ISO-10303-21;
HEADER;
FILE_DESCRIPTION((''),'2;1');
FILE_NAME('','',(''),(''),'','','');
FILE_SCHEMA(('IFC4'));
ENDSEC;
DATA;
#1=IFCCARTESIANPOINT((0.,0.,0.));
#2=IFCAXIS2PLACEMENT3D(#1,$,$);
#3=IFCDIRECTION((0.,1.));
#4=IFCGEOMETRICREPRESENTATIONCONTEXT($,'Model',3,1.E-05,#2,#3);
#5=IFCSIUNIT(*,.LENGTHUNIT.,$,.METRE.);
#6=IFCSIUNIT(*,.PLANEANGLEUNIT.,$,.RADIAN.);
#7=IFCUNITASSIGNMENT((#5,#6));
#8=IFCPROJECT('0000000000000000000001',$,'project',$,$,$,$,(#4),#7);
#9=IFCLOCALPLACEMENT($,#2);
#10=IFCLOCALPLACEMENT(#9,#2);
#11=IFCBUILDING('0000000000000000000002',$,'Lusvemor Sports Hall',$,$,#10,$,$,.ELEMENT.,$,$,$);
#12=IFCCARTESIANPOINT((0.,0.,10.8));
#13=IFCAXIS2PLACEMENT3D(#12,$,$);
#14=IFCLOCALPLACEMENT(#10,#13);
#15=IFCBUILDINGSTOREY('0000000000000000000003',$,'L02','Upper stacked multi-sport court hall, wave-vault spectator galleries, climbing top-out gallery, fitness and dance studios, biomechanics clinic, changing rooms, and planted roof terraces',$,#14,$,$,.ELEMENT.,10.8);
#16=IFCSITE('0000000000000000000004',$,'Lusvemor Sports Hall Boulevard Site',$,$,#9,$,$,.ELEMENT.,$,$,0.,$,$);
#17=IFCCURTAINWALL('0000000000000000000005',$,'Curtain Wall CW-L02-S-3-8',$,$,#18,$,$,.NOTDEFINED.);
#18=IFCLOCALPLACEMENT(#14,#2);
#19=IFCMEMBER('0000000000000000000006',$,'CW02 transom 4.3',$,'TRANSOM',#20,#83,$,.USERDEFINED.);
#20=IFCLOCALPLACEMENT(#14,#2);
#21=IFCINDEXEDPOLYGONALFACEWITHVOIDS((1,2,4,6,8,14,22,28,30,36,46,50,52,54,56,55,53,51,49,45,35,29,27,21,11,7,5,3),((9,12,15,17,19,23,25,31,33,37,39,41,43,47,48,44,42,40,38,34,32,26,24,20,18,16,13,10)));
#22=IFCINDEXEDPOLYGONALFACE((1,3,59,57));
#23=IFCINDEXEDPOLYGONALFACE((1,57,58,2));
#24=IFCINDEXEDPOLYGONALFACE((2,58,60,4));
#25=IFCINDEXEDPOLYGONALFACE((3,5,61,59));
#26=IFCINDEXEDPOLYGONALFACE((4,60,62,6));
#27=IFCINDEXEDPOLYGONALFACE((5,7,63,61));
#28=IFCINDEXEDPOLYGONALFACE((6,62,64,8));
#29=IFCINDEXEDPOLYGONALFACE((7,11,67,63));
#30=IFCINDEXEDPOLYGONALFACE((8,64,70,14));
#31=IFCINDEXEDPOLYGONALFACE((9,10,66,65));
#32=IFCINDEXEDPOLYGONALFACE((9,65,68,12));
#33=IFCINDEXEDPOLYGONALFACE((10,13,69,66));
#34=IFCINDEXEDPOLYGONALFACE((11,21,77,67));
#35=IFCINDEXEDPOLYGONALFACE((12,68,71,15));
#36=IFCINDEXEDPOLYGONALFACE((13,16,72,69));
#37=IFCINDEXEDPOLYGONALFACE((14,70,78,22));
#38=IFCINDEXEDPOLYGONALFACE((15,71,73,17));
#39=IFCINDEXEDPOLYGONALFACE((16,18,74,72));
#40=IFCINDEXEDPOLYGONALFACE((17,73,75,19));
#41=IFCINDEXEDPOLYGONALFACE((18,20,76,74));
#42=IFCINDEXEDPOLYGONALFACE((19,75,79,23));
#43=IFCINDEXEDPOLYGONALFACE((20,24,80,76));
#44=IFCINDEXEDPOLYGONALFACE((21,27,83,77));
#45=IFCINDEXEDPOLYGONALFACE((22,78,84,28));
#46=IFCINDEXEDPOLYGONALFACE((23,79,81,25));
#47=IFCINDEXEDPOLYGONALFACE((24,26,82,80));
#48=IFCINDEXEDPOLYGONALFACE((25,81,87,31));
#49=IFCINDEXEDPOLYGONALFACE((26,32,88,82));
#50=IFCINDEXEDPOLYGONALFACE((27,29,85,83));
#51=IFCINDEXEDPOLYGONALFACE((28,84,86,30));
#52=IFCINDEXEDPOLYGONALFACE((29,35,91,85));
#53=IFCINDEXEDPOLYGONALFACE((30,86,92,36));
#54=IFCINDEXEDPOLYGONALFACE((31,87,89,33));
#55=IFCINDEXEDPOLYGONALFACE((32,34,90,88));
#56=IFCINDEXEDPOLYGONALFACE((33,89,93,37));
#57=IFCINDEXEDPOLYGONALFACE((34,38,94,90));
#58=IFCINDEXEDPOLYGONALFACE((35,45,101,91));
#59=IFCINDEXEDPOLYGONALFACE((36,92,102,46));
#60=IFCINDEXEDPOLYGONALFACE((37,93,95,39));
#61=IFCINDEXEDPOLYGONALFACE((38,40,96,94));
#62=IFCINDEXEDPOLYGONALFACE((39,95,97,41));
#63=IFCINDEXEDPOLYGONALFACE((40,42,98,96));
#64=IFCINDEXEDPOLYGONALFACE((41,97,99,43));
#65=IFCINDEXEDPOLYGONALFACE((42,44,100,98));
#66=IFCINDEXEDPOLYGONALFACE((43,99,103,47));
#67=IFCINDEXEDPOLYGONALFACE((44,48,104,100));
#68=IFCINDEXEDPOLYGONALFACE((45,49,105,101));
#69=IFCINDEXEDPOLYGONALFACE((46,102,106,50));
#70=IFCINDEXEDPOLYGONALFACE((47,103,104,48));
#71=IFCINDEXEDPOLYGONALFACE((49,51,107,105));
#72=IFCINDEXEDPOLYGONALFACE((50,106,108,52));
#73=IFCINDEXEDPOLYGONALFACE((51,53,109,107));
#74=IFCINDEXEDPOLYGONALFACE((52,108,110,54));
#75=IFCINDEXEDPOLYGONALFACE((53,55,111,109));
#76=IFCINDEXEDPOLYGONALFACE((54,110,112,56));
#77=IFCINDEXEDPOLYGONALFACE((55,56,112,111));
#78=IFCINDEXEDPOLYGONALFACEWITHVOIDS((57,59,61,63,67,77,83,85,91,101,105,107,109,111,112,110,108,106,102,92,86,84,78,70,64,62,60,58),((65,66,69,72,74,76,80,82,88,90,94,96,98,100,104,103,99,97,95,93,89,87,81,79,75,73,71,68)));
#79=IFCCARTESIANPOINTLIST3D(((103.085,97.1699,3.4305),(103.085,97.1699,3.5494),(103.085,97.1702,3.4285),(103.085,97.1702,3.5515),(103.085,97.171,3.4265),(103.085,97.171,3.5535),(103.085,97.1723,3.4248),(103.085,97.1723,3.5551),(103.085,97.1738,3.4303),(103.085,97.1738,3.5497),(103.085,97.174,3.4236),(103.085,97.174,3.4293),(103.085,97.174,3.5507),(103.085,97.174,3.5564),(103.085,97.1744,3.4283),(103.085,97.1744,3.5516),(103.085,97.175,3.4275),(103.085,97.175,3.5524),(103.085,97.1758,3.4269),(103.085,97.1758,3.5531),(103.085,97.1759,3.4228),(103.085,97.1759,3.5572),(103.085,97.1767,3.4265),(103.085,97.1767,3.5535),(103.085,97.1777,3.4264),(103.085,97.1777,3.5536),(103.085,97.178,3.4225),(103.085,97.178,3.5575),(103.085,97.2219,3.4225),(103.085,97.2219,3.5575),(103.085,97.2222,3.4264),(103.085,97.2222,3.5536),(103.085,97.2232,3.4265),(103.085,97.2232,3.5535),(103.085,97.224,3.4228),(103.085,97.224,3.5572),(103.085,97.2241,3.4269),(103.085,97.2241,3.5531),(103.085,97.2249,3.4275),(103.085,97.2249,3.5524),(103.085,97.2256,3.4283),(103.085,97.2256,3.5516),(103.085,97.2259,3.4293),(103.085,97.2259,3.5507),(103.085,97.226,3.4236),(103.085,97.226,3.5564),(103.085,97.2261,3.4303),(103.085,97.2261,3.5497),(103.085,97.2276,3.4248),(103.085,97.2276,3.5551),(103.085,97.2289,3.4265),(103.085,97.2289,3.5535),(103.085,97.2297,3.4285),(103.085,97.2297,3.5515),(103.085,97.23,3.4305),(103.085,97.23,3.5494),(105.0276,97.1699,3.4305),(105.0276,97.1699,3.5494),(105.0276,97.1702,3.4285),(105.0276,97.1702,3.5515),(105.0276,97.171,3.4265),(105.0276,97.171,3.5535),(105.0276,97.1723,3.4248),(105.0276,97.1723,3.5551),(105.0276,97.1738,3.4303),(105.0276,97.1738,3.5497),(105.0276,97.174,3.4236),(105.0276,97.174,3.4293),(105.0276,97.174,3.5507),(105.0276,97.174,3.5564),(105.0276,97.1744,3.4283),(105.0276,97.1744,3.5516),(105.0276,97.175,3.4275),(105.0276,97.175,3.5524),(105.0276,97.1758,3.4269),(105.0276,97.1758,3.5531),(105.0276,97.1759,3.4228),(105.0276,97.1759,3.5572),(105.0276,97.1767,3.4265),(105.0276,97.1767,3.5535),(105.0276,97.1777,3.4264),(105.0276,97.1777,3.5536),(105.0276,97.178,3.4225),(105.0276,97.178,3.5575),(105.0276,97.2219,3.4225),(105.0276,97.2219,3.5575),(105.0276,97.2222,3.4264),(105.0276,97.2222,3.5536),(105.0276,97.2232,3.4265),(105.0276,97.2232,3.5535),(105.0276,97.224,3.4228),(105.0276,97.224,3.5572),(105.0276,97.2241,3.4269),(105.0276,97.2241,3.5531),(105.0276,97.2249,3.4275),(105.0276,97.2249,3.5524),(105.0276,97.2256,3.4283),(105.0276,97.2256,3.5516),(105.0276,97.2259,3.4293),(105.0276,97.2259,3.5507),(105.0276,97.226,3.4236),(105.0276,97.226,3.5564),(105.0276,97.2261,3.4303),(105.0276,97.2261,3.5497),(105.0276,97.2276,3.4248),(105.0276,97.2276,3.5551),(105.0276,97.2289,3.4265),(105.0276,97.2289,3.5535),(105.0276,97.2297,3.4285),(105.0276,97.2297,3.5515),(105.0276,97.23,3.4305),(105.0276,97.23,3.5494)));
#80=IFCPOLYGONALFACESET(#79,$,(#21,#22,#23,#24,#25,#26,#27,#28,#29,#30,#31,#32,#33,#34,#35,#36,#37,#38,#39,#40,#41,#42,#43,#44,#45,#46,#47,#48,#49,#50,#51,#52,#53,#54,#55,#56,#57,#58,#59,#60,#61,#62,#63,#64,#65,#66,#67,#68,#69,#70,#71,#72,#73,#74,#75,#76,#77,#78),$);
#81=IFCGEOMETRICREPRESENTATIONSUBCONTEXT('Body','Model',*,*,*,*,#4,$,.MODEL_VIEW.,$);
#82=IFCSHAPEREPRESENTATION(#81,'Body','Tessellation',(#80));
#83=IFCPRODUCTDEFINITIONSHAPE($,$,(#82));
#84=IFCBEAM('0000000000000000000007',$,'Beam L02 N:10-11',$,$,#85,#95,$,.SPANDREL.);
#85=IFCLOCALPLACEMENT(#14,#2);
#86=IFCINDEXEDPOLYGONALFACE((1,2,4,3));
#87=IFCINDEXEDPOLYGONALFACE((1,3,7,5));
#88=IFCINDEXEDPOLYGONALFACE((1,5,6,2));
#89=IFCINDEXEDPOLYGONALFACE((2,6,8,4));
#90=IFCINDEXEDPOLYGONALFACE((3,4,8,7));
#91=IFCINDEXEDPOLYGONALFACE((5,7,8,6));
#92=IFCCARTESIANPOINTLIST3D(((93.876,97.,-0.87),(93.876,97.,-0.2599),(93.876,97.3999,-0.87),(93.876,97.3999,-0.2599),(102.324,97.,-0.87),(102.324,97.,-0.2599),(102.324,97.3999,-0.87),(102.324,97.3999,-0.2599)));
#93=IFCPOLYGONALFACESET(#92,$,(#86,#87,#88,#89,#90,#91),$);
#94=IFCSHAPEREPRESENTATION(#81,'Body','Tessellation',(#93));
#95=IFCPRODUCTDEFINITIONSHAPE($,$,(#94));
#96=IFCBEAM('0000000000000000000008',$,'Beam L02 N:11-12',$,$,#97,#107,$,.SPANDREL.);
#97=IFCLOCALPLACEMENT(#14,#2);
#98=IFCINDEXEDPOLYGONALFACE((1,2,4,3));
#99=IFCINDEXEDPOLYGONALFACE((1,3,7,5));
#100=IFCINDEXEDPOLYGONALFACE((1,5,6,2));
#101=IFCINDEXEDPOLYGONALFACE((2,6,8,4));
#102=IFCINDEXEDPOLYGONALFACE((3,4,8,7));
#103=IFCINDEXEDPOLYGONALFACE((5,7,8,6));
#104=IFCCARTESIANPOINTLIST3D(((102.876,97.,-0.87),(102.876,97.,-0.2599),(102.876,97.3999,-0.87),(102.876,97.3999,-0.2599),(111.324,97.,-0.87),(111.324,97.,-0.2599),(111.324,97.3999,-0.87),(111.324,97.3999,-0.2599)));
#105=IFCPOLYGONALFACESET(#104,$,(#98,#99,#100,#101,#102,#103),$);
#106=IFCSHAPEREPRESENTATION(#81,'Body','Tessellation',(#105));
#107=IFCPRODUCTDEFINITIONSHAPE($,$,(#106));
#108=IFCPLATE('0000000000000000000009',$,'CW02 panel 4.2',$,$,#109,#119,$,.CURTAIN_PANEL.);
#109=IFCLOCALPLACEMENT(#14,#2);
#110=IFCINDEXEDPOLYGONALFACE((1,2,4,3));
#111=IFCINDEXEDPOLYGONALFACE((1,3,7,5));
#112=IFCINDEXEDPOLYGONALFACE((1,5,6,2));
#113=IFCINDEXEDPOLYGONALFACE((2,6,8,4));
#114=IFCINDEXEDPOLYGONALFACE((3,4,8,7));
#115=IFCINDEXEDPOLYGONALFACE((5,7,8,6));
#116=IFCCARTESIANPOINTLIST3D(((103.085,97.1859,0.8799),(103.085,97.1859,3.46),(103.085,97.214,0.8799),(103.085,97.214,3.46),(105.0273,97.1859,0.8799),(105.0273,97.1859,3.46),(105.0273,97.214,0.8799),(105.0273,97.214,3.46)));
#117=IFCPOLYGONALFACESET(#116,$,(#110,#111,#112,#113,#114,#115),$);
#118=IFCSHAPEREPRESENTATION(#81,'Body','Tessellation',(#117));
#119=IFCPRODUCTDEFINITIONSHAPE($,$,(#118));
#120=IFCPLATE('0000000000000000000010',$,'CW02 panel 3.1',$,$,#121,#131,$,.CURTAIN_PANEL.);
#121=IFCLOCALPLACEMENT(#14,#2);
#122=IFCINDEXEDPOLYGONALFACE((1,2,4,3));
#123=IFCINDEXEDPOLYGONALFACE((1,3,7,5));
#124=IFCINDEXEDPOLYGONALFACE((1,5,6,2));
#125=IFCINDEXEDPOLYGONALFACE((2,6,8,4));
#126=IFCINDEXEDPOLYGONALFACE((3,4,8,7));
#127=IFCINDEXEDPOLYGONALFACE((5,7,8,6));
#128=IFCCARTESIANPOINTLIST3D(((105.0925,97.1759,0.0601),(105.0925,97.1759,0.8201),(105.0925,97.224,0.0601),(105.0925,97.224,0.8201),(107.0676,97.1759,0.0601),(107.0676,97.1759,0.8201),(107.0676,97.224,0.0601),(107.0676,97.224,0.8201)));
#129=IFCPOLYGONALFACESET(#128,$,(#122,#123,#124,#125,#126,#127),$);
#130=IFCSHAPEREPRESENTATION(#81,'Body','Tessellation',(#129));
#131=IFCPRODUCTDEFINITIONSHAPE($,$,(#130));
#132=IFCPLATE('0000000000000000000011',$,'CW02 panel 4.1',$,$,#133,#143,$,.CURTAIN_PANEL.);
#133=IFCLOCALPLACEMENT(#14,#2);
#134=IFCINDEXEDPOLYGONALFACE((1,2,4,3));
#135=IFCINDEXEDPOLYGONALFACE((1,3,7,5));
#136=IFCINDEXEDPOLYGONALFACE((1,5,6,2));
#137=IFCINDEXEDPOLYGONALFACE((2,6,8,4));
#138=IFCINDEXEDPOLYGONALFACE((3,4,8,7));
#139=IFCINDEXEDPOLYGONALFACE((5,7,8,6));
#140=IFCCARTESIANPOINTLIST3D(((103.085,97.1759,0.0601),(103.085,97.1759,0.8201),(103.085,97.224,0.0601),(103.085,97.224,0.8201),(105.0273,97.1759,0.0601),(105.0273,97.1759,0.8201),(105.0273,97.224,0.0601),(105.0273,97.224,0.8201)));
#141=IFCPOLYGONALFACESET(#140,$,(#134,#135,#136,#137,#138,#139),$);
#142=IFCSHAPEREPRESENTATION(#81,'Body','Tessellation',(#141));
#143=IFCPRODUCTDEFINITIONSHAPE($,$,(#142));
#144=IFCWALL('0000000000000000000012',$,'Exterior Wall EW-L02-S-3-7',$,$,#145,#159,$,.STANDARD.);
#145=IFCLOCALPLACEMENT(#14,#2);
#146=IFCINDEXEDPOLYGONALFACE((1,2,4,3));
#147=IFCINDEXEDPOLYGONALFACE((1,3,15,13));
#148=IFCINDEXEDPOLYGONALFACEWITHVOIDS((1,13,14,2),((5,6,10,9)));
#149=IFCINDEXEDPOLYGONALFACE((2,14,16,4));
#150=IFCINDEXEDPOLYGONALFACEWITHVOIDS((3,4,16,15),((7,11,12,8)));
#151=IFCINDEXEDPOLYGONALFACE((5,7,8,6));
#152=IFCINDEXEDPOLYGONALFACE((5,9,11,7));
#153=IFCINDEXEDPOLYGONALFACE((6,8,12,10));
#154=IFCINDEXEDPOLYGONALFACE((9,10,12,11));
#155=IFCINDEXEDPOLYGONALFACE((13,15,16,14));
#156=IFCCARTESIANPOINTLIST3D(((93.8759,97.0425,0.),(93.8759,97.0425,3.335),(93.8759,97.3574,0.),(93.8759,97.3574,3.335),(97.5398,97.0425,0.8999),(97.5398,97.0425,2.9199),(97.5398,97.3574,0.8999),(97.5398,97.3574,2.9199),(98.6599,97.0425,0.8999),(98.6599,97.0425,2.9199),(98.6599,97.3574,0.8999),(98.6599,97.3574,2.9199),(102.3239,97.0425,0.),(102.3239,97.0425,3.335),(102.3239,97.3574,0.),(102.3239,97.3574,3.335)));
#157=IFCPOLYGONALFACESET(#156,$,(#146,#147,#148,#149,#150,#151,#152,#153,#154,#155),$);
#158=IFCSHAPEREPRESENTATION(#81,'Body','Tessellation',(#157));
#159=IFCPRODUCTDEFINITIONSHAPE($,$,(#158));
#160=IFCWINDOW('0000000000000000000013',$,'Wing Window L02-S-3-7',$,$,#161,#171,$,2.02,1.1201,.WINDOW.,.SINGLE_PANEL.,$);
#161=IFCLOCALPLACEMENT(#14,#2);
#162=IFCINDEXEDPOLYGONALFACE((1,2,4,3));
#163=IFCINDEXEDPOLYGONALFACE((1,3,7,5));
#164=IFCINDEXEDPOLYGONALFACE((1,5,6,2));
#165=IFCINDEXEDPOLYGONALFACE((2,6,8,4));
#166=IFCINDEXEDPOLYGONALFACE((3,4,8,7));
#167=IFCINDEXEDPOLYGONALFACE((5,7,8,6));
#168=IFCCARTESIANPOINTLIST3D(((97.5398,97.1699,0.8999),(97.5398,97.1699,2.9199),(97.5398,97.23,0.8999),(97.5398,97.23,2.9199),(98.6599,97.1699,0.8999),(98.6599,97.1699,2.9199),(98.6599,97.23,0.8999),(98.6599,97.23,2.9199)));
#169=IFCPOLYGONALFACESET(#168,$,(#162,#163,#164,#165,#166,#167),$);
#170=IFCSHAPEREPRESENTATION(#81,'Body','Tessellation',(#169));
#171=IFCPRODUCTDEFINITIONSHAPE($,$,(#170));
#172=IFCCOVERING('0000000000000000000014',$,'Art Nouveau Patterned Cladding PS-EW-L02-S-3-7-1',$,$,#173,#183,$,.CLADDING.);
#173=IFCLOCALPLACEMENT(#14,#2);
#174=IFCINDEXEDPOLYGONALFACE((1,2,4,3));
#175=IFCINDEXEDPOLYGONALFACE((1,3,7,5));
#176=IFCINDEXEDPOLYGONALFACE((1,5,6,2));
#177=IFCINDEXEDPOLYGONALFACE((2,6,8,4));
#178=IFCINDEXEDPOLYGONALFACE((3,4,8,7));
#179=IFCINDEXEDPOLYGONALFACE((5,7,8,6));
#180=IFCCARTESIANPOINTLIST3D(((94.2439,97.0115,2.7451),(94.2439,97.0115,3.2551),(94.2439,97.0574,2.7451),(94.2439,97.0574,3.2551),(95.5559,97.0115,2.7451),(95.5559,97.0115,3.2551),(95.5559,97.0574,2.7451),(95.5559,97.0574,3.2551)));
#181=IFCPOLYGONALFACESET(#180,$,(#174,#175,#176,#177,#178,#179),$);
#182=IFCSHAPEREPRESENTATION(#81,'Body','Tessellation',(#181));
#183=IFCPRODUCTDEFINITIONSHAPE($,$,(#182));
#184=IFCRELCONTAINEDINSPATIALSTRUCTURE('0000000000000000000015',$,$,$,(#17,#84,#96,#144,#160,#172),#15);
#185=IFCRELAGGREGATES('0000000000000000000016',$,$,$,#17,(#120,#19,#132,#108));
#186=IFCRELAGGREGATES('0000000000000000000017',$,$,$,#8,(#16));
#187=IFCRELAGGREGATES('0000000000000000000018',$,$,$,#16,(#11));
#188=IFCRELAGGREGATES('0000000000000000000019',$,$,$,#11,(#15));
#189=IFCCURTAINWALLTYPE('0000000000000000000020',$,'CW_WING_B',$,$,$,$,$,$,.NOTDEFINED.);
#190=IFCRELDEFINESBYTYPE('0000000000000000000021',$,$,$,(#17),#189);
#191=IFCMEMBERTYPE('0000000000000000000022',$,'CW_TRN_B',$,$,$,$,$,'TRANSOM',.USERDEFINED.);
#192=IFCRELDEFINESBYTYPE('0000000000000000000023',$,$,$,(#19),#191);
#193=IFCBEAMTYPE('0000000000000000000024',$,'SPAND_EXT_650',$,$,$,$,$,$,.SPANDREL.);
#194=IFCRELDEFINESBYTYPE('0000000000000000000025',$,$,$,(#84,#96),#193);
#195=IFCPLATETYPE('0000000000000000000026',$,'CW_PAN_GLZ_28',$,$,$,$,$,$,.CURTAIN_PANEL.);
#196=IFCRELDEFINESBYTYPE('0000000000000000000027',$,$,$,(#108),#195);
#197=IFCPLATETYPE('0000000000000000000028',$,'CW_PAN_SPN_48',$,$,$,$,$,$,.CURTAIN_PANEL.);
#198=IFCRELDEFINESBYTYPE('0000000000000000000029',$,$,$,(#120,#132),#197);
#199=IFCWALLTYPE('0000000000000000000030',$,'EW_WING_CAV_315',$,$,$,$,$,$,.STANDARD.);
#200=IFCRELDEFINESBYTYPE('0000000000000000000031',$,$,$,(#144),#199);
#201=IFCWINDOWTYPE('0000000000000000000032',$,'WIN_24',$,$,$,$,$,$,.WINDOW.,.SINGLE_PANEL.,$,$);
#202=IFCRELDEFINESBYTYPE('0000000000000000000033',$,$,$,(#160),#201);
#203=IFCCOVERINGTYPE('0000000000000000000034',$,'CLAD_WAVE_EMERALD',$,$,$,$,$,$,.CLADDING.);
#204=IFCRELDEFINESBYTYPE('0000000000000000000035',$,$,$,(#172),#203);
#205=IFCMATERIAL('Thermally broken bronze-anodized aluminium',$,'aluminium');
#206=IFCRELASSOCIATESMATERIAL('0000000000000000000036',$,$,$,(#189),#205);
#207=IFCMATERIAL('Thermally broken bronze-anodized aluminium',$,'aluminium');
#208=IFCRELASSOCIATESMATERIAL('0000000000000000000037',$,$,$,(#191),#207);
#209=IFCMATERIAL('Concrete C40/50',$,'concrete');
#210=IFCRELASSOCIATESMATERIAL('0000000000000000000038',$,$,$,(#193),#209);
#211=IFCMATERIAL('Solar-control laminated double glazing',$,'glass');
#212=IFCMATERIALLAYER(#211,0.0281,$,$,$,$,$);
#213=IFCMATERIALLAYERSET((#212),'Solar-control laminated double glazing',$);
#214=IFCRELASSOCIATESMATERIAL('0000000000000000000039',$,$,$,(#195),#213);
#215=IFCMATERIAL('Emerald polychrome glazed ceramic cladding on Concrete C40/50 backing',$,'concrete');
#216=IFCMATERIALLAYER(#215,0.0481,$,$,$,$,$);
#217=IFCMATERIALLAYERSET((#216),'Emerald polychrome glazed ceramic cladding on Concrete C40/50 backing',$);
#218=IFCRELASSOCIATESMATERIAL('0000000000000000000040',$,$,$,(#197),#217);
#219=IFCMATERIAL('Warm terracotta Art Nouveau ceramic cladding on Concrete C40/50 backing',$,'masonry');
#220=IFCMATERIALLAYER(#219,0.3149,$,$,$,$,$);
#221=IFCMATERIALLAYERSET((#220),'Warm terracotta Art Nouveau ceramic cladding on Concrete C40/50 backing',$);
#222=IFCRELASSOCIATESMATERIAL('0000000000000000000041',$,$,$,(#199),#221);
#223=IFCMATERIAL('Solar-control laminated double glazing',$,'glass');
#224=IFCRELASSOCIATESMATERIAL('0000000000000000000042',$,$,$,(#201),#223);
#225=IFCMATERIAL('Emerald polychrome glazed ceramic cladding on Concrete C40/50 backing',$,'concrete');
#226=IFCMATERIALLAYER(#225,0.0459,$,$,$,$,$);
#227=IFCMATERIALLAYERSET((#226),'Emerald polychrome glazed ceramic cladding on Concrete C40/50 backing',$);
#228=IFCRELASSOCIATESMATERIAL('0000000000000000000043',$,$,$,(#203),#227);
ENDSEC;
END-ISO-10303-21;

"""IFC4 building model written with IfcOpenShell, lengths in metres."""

from ifc_helpers import new_model, si_unit, direction, frame, frame_2d, origin, origin_2d, place, context, subcontext, project, spatial, rectangle, hollow_rectangle, extrude, material, layer, layer_set, material_profile, profile_set, type_object, element, fill, aggregate, save


model = new_model("IFC4")

# Units and contexts
model_context = context("Model", 3, precision=1e-05, world=origin(), true_north=direction((0.0, 1.0)))
body_context = subcontext(model_context, "Body", "Model", "MODEL_VIEW")
ifc_project = project(units=[si_unit("LENGTHUNIT", "METRE"), si_unit("PLANEANGLEUNIT", "RADIAN")], contexts=[model_context])

# Site, building, storey
site_placement = place(None, origin())
site = spatial("IfcSite", under=ifc_project, at=site_placement, Name="Lusvemor Sports Hall Boulevard Site", CompositionType="ELEMENT", RefElevation=0.0)
building_placement = place(site_placement, origin())
building = spatial("IfcBuilding", under=site, at=building_placement, Name="Lusvemor Sports Hall", CompositionType="ELEMENT")
storey_placement = place(building_placement, frame((0.0, 0.0, 10.8)))
storey = spatial("IfcBuildingStorey", under=building, at=storey_placement, Name="L02", Description="Upper stacked multi-sport court hall, wave-vault spectator galleries, climbing top-out gallery, fitness and dance studios, biomechanics clinic, changing rooms, and planted roof terraces", CompositionType="ELEMENT", Elevation=10.8)

# Curtain wall, member
ifc_material_1 = material(Name="Thermally broken bronze-anodized aluminium", Category="aluminium")
curtain_wall_type = type_object("IfcCurtainWallType", Name="CW_WING_B", PredefinedType="NOTDEFINED", material=ifc_material_1)
curtain_wall_placement = place(storey_placement, origin())
curtain_wall = element("IfcCurtainWall", 1, at=curtain_wall_placement, inside=storey, type_object=curtain_wall_type, Name="Curtain Wall CW-L02-S-3-8", PredefinedType="NOTDEFINED")
ifc_material_2 = material(Name="Thermally broken bronze-anodized aluminium", Category="aluminium")
ifc_material_profile_1 = material_profile(ifc_material_2, hollow_rectangle(XDim=0.0601, YDim=0.135, WallThickness=0.0039, InnerFilletRadius=0.0039, OuterFilletRadius=0.0081, at=origin_2d()), Name="CWTRN135x60x4")
ifc_profile_set_1 = profile_set([ifc_material_profile_1], Name="Thermally broken bronze-anodized aluminium")
member_type_1 = type_object("IfcMemberType", Name="CW_TRN_B", ElementType="TRANSOM", PredefinedType="USERDEFINED", material=ifc_profile_set_1)
member_1_placement = place(storey_placement, frame((105.0276, 97.2, 3.49), z_axis=(-1.0, 0.0, 0.0), x_axis=(0.0, -1.0, 0.0)))
member_1 = element("IfcMember", 2, at=member_1_placement, type_object=member_type_1, Name="CW02 transom 4.3", ObjectType="TRANSOM", PredefinedType="USERDEFINED", context=body_context, shape_type="SweptSolid", body=[
    extrude(hollow_rectangle(XDim=0.0601, YDim=0.135, WallThickness=0.0039, InnerFilletRadius=0.0039, OuterFilletRadius=0.0081, at=origin_2d()), origin(), (0.0, 0.0, 1.0), 1.9426),
])

# Beams
ifc_material_3 = material(Name="Concrete C40/50", Category="concrete")
ifc_material_profile_2 = material_profile(ifc_material_3, rectangle(XDim=0.3999, YDim=0.6101, at=origin_2d()), Name="RC400x610")
ifc_profile_set_2 = profile_set([ifc_material_profile_2], Name="Concrete C40/50")
beam_type = type_object("IfcBeamType", Name="SPAND_EXT_650", PredefinedType="SPANDREL", material=ifc_profile_set_2)
for number, where, z_axis, x_axis, name in (
    (3, (93.876, 97.2, -0.5649), (1.0, 0.0, 0.0), (0.0, 1.0, 0.0), "Beam L02 N:10-11"),
    (4, (102.876, 97.2, -0.5649), (1.0, 0.0, 0.0), (0.0, 1.0, 0.0), "Beam L02 N:11-12"),
):
    element("IfcBeam", number, at=place(storey_placement, frame(where, z_axis=z_axis, x_axis=x_axis)), inside=storey, type_object=beam_type, Name=name, PredefinedType="SPANDREL", context=body_context, shape_type="SweptSolid", body=[
        extrude(rectangle(XDim=0.3999, YDim=0.6101, at=origin_2d()), origin(), (0.0, 0.0, 1.0), 8.448),
    ])

# Plates
ifc_material_4 = material(Name="Solar-control laminated double glazing", Category="glass")
ifc_layer_1 = layer(ifc_material_4, 0.0281)
ifc_layer_set_1 = layer_set([ifc_layer_1], Name="Solar-control laminated double glazing")
plate_type_1 = type_object("IfcPlateType", Name="CW_PAN_GLZ_28", PredefinedType="CURTAIN_PANEL", material=ifc_layer_set_1)
plate_1_placement = place(storey_placement, frame((104.0562, 97.2, 0.8799), z_axis=(0.0, 0.0, 1.0), x_axis=(-1.0, 0.0, 0.0)))
plate_1 = element("IfcPlate", 5, at=plate_1_placement, type_object=plate_type_1, Name="CW02 panel 4.2", PredefinedType="CURTAIN_PANEL", context=body_context, shape_type="SweptSolid", body=[
    extrude(rectangle(XDim=1.9424, YDim=0.0281, at=origin_2d()), origin(), (0.0, 0.0, 1.0), 2.5801),
])
ifc_material_5 = material(Name="Emerald polychrome glazed ceramic cladding on Concrete C40/50 backing", Category="concrete")
ifc_layer_2 = layer(ifc_material_5, 0.0481)
ifc_layer_set_2 = layer_set([ifc_layer_2], Name="Emerald polychrome glazed ceramic cladding on Concrete C40/50 backing")
plate_type_2 = type_object("IfcPlateType", Name="CW_PAN_SPN_48", PredefinedType="CURTAIN_PANEL", material=ifc_layer_set_2)
plate_2_placement = place(storey_placement, frame((106.0801, 97.2, 0.0601), z_axis=(0.0, 0.0, 1.0), x_axis=(-1.0, 0.0, 0.0)))
plate_2 = element("IfcPlate", 6, at=plate_2_placement, type_object=plate_type_2, Name="CW02 panel 3.1", PredefinedType="CURTAIN_PANEL", context=body_context, shape_type="SweptSolid", body=[
    extrude(rectangle(XDim=1.9751, YDim=0.0481, at=origin_2d()), origin(), (0.0, 0.0, 1.0), 0.76),
])
plate_3_placement = place(storey_placement, frame((104.0562, 97.2, 0.0601), z_axis=(0.0, 0.0, 1.0), x_axis=(-1.0, 0.0, 0.0)))
plate_3 = element("IfcPlate", 7, at=plate_3_placement, type_object=plate_type_2, Name="CW02 panel 4.1", PredefinedType="CURTAIN_PANEL", context=body_context, shape_type="SweptSolid", body=[
    extrude(rectangle(XDim=1.9424, YDim=0.0481, at=origin_2d()), origin(), (0.0, 0.0, 1.0), 0.76),
])
aggregate(curtain_wall, [plate_2, member_1, plate_3, plate_1])

# Wall, opening, window
ifc_material_6 = material(Name="Warm terracotta Art Nouveau ceramic cladding on Concrete C40/50 backing", Category="masonry")
ifc_layer_3 = layer(ifc_material_6, 0.3149)
ifc_layer_set_3 = layer_set([ifc_layer_3], Name="Warm terracotta Art Nouveau ceramic cladding on Concrete C40/50 backing")
wall_type = type_object("IfcWallType", Name="EW_WING_CAV_315", PredefinedType="STANDARD", material=ifc_layer_set_3)
wall_placement = place(storey_placement, frame((102.324, 97.2, 0.0), z_axis=(0.0, 0.0, 1.0), x_axis=(-1.0, 0.0, 0.0)))
wall = element("IfcWall", 8, at=wall_placement, inside=storey, type_object=wall_type, Name="Exterior Wall EW-L02-S-3-7", PredefinedType="STANDARD", context=body_context, shape_type="SweptSolid", body=[
    extrude(rectangle(XDim=8.448, YDim=0.3149, at=frame_2d((4.2241, 0.0))), origin(), (0.0, 0.0, 1.0), 3.335),
])
opening_placement = place(wall_placement, frame((3.6641, 0.0, 0.8999)))
opening = element("IfcOpeningElement", 9, at=opening_placement, cuts=wall, PredefinedType="OPENING", context=body_context, shape_type="SweptSolid", body=[
    extrude(rectangle(XDim=1.1201, YDim=2.02, at=frame_2d((0.5601, 1.01))), frame((0.0, 0.1575, 0.0), z_axis=(0.0, -1.0, 0.0), x_axis=(1.0, 0.0, 0.0)), (0.0, 0.0, 1.0), 0.3149),
])
ifc_material_7 = material(Name="Solar-control laminated double glazing", Category="glass")
window_type = type_object("IfcWindowType", Name="WIN_24", PartitioningType="SINGLE_PANEL", PredefinedType="WINDOW", material=ifc_material_7)
window_placement = place(opening_placement, origin())
window = element("IfcWindow", 10, at=window_placement, inside=storey, type_object=window_type, Name="Wing Window L02-S-3-7", OverallHeight=2.02, OverallWidth=1.1201, PartitioningType="SINGLE_PANEL", PredefinedType="WINDOW", context=body_context, shape_type="SweptSolid", body=[
    extrude(rectangle(XDim=1.1201, YDim=2.02, at=frame_2d((0.5601, 1.01))), frame((0.0, 0.03, 0.0), z_axis=(0.0, -1.0, 0.0), x_axis=(1.0, 0.0, 0.0)), (0.0, 0.0, 1.0), 0.0601),
])
fill(opening, window)

# Covering
ifc_material_8 = material(Name="Emerald polychrome glazed ceramic cladding on Concrete C40/50 backing", Category="concrete")
ifc_layer_4 = layer(ifc_material_8, 0.0459)
ifc_layer_set_4 = layer_set([ifc_layer_4], Name="Emerald polychrome glazed ceramic cladding on Concrete C40/50 backing")
covering_type_1 = type_object("IfcCoveringType", Name="CLAD_WAVE_EMERALD", PredefinedType="CLADDING", material=ifc_layer_set_4)
for number, where, z_axis, x_axis, name in (
    (11, (94.8999, 97.0344, 2.7451), (0.0, 0.0, 1.0), (1.0, 0.0, 0.0), "Art Nouveau Patterned Cladding PS-EW-L02-S-3-7-1"),
):
    element("IfcCovering", number, at=place(storey_placement, frame(where, z_axis=z_axis, x_axis=x_axis)), inside=storey, type_object=covering_type_1, Name=name, PredefinedType="CLADDING", context=body_context, shape_type="SweptSolid", body=[
        extrude(rectangle(XDim=1.312, YDim=0.0459, at=origin_2d()), origin(), (0.0, 0.0, 1.0), 0.51),
    ])

save(model, "model.ifc")
